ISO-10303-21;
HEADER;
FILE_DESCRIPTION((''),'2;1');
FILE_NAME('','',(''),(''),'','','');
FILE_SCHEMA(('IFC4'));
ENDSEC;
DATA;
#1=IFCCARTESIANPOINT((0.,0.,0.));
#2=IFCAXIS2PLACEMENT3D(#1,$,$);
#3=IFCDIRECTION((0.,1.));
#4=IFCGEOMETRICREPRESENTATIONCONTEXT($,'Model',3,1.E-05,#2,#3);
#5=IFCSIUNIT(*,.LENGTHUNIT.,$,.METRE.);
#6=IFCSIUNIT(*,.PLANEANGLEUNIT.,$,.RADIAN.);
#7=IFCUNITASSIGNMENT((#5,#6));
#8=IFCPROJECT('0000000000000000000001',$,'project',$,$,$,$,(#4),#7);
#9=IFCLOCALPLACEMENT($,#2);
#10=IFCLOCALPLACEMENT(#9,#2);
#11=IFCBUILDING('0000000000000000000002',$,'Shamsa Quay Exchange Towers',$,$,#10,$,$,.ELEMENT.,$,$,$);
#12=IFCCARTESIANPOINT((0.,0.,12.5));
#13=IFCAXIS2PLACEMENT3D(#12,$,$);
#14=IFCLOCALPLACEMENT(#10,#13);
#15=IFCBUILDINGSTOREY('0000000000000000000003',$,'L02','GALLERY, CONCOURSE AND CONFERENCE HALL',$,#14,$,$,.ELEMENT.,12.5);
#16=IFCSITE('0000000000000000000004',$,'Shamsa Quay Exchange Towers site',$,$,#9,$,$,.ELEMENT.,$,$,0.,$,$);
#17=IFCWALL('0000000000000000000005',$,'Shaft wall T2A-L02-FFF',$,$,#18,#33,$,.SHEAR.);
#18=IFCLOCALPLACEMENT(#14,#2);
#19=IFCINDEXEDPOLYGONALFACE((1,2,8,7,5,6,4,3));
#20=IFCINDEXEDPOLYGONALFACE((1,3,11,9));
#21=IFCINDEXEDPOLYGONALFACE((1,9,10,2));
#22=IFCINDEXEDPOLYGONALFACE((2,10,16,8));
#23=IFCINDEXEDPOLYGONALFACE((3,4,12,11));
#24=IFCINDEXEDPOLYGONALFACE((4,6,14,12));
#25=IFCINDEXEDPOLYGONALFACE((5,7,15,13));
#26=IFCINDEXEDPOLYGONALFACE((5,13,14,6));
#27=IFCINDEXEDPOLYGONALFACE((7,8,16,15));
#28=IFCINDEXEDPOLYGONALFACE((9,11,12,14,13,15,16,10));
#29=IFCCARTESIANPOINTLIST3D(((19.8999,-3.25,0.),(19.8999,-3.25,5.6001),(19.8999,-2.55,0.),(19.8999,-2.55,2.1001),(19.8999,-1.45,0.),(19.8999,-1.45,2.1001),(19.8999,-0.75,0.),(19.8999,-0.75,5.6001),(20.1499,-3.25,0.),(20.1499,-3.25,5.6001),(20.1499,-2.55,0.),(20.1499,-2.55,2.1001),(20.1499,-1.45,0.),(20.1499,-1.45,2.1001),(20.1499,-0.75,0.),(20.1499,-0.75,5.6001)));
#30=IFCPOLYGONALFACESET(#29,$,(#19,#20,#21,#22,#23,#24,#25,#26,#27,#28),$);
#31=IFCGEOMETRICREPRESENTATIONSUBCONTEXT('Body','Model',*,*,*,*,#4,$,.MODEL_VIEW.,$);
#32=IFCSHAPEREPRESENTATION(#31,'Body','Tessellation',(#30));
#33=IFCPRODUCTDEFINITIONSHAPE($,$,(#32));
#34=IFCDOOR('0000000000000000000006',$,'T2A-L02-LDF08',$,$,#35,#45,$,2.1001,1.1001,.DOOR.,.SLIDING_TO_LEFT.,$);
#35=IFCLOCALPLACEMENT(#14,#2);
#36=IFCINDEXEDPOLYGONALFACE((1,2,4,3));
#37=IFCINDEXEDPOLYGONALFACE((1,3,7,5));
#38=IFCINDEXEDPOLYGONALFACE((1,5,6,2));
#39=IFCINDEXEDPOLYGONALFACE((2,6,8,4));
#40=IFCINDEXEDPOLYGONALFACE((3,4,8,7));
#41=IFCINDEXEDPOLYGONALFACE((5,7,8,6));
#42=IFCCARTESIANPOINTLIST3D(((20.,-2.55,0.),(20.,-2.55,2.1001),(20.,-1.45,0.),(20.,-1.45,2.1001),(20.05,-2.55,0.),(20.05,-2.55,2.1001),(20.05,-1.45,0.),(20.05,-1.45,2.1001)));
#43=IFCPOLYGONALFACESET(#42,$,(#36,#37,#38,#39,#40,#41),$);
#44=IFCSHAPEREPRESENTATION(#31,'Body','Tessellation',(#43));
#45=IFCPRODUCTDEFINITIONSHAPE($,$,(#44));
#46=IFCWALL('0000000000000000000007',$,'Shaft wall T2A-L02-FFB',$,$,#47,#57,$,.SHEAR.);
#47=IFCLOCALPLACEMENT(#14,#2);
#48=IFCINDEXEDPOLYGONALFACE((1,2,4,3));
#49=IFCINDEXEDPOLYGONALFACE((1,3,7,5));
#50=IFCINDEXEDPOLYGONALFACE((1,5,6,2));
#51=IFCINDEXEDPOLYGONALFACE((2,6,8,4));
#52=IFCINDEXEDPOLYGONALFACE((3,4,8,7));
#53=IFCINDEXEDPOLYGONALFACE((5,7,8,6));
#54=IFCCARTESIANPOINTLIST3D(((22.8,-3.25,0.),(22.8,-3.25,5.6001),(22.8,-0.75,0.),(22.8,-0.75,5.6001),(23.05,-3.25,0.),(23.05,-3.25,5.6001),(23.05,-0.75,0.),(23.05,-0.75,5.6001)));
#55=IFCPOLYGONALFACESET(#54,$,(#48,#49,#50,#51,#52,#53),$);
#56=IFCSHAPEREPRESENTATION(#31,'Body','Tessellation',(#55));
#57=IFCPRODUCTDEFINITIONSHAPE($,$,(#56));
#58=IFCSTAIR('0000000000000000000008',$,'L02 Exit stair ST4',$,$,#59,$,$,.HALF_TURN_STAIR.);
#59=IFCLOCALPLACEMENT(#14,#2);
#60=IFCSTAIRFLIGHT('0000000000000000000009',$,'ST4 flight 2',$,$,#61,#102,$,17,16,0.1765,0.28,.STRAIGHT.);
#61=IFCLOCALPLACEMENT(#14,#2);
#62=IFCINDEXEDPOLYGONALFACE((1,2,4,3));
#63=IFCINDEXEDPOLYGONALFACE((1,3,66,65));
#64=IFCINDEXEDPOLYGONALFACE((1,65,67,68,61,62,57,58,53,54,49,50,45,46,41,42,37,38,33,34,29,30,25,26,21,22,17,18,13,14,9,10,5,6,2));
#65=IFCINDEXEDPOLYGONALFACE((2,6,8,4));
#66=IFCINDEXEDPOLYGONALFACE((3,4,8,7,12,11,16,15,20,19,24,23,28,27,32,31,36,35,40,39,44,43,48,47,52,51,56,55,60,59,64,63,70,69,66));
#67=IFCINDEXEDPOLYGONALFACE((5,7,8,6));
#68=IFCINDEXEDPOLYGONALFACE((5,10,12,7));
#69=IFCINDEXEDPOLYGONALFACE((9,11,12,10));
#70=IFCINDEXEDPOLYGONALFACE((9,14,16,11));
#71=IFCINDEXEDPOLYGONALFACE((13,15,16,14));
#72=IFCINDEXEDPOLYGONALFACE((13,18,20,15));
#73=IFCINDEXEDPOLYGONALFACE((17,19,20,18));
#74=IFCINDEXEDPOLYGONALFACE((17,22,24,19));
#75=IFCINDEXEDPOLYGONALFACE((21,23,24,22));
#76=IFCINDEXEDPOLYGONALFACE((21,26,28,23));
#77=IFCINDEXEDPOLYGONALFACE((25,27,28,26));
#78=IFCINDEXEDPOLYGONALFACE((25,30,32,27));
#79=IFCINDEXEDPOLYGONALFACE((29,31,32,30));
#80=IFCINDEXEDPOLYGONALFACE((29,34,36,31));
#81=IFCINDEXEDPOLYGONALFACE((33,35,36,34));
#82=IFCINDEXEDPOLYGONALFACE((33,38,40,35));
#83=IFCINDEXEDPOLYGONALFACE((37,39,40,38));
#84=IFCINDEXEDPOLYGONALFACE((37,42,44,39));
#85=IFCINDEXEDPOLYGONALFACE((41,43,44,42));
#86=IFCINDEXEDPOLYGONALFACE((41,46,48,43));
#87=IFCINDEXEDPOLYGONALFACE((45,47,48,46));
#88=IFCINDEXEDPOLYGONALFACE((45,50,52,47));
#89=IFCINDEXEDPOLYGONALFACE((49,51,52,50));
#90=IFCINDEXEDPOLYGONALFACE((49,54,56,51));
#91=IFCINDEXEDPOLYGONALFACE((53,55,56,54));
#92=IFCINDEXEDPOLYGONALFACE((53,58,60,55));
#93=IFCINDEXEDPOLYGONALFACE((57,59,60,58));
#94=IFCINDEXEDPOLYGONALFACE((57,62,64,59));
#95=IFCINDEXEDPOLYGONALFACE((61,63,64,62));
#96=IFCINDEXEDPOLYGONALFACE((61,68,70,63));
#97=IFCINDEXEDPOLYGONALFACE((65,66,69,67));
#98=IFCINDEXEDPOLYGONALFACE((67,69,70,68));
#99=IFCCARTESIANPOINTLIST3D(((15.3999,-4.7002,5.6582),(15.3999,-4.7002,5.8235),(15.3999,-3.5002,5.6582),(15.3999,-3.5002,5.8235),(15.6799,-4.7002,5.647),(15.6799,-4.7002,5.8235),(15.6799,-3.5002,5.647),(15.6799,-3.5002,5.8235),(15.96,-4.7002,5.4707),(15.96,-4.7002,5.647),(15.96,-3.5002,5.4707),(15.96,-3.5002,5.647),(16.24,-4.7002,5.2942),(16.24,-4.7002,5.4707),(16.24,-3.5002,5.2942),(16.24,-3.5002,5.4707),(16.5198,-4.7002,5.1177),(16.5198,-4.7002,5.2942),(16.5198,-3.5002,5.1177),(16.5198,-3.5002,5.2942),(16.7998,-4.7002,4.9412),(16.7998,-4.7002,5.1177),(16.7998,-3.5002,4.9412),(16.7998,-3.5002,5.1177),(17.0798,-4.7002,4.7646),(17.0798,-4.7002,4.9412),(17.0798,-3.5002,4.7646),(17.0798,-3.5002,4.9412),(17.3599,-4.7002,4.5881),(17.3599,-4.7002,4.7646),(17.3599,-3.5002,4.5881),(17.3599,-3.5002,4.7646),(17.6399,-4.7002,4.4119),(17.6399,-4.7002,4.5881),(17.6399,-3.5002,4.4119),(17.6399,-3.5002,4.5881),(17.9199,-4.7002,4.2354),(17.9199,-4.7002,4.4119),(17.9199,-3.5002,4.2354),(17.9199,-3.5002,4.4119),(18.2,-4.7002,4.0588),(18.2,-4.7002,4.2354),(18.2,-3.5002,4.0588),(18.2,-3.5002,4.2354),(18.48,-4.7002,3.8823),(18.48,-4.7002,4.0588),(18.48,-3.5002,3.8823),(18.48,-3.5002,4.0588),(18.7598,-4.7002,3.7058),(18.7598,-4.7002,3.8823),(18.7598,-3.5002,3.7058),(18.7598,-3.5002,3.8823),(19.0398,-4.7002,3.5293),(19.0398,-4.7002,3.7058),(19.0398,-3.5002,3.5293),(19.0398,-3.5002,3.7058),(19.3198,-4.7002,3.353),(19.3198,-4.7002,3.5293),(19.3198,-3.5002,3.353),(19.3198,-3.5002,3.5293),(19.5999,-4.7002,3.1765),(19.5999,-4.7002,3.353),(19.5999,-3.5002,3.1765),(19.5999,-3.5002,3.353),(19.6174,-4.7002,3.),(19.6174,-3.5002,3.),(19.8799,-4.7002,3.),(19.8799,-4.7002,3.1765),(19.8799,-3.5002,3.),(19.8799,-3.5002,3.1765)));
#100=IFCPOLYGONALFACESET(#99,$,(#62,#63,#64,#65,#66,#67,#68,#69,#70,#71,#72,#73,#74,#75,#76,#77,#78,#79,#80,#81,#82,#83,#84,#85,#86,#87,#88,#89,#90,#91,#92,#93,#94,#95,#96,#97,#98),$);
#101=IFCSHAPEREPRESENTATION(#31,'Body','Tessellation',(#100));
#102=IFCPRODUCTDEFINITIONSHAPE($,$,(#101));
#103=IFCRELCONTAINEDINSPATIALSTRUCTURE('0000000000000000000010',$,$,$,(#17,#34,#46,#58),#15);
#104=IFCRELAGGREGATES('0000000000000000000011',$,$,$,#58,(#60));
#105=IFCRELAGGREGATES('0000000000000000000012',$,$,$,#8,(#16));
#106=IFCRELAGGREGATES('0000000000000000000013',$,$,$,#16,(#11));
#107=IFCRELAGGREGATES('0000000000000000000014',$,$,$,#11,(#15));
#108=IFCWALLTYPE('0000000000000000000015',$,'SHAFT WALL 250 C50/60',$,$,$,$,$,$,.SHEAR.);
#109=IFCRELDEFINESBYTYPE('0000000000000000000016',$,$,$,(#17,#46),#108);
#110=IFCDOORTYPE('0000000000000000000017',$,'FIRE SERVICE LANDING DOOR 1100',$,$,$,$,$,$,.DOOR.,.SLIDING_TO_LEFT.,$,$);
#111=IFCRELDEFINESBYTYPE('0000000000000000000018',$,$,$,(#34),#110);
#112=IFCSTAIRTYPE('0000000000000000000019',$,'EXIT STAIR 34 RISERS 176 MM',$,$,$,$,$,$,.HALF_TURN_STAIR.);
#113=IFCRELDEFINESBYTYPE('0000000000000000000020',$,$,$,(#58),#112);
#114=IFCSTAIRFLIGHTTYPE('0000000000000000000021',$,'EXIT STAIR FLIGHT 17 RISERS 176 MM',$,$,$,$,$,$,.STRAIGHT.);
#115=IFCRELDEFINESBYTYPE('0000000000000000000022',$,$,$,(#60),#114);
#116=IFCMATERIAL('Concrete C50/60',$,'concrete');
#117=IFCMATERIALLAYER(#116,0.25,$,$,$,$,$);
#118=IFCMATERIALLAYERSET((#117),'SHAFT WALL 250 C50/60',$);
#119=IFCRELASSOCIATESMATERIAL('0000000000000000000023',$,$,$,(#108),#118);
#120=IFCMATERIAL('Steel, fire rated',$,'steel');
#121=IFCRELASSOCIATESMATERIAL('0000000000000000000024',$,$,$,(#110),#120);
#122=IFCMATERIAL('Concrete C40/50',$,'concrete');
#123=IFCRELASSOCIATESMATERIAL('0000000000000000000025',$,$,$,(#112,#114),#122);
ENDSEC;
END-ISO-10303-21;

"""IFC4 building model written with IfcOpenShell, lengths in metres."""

from ifc_helpers import new_model, si_unit, direction, frame, frame_2d, origin, place, context, subcontext, project, spatial, polyline, rectangle, outline, extrude, material, layer, layer_set, type_object, element, fill, aggregate, save


model = new_model("IFC4")

# Units and contexts
model_context = context("Model", 3, precision=1e-05, world=origin(), true_north=direction((0.0, 1.0)))
body_context = subcontext(model_context, "Body", "Model", "MODEL_VIEW")
ifc_project = project(units=[si_unit("LENGTHUNIT", "METRE"), si_unit("PLANEANGLEUNIT", "RADIAN")], contexts=[model_context])

# Site, building, storey
site_placement = place(None, origin())
site = spatial("IfcSite", under=ifc_project, at=site_placement, Name="Shamsa Quay Exchange Towers site", CompositionType="ELEMENT", RefElevation=0.0)
building_placement = place(site_placement, origin())
building = spatial("IfcBuilding", under=site, at=building_placement, Name="Shamsa Quay Exchange Towers", CompositionType="ELEMENT")
storey_placement = place(building_placement, frame((0.0, 0.0, 12.5)))
storey = spatial("IfcBuildingStorey", under=building, at=storey_placement, Name="L02", Description="GALLERY, CONCOURSE AND CONFERENCE HALL", CompositionType="ELEMENT", Elevation=12.5)

# Shared definitions
ifc_material_1 = material(Name="Concrete C50/60", Category="concrete")
ifc_layer_1 = layer(ifc_material_1, 0.25)
ifc_layer_set_1 = layer_set([ifc_layer_1], Name="SHAFT WALL 250 C50/60")
wall_type_1 = type_object("IfcWallType", Name="SHAFT WALL 250 C50/60", PredefinedType="SHEAR", material=ifc_layer_set_1)
ifc_material_2 = material(Name="Steel, fire rated", Category="steel")

# Wall, opening, door
wall_1_placement = place(storey_placement, frame((20.0249, -3.25, 0.0), z_axis=(0.0, 0.0, 1.0), x_axis=(0.0, 1.0, 0.0)))
wall_1 = element("IfcWall", 1, at=wall_1_placement, inside=storey, type_object=wall_type_1, Name="Shaft wall T2A-L02-FFF", PredefinedType="SHEAR", context=body_context, shape_type="SweptSolid", body=[
    extrude(rectangle(XDim=2.5, YDim=0.25, at=frame_2d((1.25, 0.0))), origin(), (0.0, 0.0, 1.0), 5.6001),
])
opening_1_placement = place(wall_1_placement, frame((0.7, 0.0, 0.0)))
opening_1 = element("IfcOpeningElement", 2, at=opening_1_placement, cuts=wall_1, PredefinedType="OPENING", context=body_context, shape_type="SweptSolid", body=[
    extrude(rectangle(XDim=1.1001, YDim=2.1001, at=frame_2d((0.55, 1.05))), frame((0.0, 0.135, 0.0), z_axis=(0.0, -1.0, 0.0), x_axis=(1.0, 0.0, 0.0)), (0.0, 0.0, 1.0), 0.27),
])
door_type_1 = type_object("IfcDoorType", Name="FIRE SERVICE LANDING DOOR 1100", OperationType="SLIDING_TO_LEFT", PredefinedType="DOOR", material=ifc_material_2)
door_1_placement = place(opening_1_placement, origin())
door_1 = element("IfcDoor", 3, at=door_1_placement, inside=storey, type_object=door_type_1, Name="T2A-L02-LDF08", OperationType="SLIDING_TO_LEFT", OverallHeight=2.1001, OverallWidth=1.1001, PredefinedType="DOOR", context=body_context, shape_type="SweptSolid", body=[
    extrude(rectangle(XDim=1.1001, YDim=2.1001, at=frame_2d((0.55, 1.05))), frame((0.0, 0.0249, 0.0), z_axis=(0.0, -1.0, 0.0), x_axis=(1.0, 0.0, 0.0)), (0.0, 0.0, 1.0), 0.05),
])
fill(opening_1, door_1)

# Wall
wall_2_placement = place(storey_placement, frame((22.925, -3.25, 0.0), z_axis=(0.0, 0.0, 1.0), x_axis=(0.0, 1.0, 0.0)))
element("IfcWall", 4, at=wall_2_placement, inside=storey, type_object=wall_type_1, Name="Shaft wall T2A-L02-FFB", PredefinedType="SHEAR", context=body_context, shape_type="SweptSolid", body=[
    extrude(rectangle(XDim=2.5, YDim=0.25, at=frame_2d((1.25, 0.0))), origin(), (0.0, 0.0, 1.0), 5.6001),
])

# Stair, stair flight
ifc_material_3 = material(Name="Concrete C40/50", Category="concrete")
stair_type = type_object("IfcStairType", Name="EXIT STAIR 34 RISERS 176 MM", PredefinedType="HALF_TURN_STAIR", material=ifc_material_3)
stair_placement = place(storey_placement, origin())
stair = element("IfcStair", 5, at=stair_placement, inside=storey, type_object=stair_type, Name="L02 Exit stair ST4", PredefinedType="HALF_TURN_STAIR")
stair_flight_type = type_object("IfcStairFlightType", Name="EXIT STAIR FLIGHT 17 RISERS 176 MM", PredefinedType="STRAIGHT", material=ifc_material_3)
stair_flight_placement = place(storey_placement, frame((19.8799, -4.1001, 3.0), z_axis=(0.0, 0.0, 1.0), x_axis=(-1.0, 0.0, 0.0)))
stair_flight = element("IfcStairFlight", 6, at=stair_flight_placement, type_object=stair_flight_type, Name="ST4 flight 2", NumberOfRisers=17, NumberOfTreads=16, PredefinedType="STRAIGHT", RiserHeight=0.1765, TreadLength=0.28, context=body_context, shape_type="SweptSolid", body=[
    extrude(outline(polyline([(0.0, 0.0), (0.0, 0.1765), (0.28, 0.1765), (0.28, 0.353), (0.5601, 0.353), (0.5601, 0.5293), (0.8401, 0.5293), (0.8401, 0.7058), (1.1201, 0.7058), (1.1201, 0.8823), (1.3999, 0.8823), (1.3999, 1.0588), (1.6799, 1.0588), (1.6799, 1.2354), (1.96, 1.2354), (1.96, 1.4119), (2.24, 1.4119), (2.24, 1.5881), (2.52, 1.5881), (2.52, 1.7646), (2.8, 1.7646), (2.8, 1.9412), (3.0801, 1.9412), (3.0801, 2.1177), (3.3601, 2.1177), (3.3601, 2.2942), (3.6399, 2.2942), (3.6399, 2.4707), (3.9199, 2.4707), (3.9199, 2.647), (4.2, 2.647), (4.2, 2.8235), (4.48, 2.8235), (4.48, 3.0), (4.48, 2.6582), (0.2625, 0.0), (0.0, 0.0)])), frame((0.0, 0.6001, 0.0), z_axis=(0.0, -1.0, 0.0), x_axis=(1.0, 0.0, 0.0)), (0.0, 0.0, 1.0), 1.2),
])
aggregate(stair, [stair_flight])

save(model, "model.ifc")
